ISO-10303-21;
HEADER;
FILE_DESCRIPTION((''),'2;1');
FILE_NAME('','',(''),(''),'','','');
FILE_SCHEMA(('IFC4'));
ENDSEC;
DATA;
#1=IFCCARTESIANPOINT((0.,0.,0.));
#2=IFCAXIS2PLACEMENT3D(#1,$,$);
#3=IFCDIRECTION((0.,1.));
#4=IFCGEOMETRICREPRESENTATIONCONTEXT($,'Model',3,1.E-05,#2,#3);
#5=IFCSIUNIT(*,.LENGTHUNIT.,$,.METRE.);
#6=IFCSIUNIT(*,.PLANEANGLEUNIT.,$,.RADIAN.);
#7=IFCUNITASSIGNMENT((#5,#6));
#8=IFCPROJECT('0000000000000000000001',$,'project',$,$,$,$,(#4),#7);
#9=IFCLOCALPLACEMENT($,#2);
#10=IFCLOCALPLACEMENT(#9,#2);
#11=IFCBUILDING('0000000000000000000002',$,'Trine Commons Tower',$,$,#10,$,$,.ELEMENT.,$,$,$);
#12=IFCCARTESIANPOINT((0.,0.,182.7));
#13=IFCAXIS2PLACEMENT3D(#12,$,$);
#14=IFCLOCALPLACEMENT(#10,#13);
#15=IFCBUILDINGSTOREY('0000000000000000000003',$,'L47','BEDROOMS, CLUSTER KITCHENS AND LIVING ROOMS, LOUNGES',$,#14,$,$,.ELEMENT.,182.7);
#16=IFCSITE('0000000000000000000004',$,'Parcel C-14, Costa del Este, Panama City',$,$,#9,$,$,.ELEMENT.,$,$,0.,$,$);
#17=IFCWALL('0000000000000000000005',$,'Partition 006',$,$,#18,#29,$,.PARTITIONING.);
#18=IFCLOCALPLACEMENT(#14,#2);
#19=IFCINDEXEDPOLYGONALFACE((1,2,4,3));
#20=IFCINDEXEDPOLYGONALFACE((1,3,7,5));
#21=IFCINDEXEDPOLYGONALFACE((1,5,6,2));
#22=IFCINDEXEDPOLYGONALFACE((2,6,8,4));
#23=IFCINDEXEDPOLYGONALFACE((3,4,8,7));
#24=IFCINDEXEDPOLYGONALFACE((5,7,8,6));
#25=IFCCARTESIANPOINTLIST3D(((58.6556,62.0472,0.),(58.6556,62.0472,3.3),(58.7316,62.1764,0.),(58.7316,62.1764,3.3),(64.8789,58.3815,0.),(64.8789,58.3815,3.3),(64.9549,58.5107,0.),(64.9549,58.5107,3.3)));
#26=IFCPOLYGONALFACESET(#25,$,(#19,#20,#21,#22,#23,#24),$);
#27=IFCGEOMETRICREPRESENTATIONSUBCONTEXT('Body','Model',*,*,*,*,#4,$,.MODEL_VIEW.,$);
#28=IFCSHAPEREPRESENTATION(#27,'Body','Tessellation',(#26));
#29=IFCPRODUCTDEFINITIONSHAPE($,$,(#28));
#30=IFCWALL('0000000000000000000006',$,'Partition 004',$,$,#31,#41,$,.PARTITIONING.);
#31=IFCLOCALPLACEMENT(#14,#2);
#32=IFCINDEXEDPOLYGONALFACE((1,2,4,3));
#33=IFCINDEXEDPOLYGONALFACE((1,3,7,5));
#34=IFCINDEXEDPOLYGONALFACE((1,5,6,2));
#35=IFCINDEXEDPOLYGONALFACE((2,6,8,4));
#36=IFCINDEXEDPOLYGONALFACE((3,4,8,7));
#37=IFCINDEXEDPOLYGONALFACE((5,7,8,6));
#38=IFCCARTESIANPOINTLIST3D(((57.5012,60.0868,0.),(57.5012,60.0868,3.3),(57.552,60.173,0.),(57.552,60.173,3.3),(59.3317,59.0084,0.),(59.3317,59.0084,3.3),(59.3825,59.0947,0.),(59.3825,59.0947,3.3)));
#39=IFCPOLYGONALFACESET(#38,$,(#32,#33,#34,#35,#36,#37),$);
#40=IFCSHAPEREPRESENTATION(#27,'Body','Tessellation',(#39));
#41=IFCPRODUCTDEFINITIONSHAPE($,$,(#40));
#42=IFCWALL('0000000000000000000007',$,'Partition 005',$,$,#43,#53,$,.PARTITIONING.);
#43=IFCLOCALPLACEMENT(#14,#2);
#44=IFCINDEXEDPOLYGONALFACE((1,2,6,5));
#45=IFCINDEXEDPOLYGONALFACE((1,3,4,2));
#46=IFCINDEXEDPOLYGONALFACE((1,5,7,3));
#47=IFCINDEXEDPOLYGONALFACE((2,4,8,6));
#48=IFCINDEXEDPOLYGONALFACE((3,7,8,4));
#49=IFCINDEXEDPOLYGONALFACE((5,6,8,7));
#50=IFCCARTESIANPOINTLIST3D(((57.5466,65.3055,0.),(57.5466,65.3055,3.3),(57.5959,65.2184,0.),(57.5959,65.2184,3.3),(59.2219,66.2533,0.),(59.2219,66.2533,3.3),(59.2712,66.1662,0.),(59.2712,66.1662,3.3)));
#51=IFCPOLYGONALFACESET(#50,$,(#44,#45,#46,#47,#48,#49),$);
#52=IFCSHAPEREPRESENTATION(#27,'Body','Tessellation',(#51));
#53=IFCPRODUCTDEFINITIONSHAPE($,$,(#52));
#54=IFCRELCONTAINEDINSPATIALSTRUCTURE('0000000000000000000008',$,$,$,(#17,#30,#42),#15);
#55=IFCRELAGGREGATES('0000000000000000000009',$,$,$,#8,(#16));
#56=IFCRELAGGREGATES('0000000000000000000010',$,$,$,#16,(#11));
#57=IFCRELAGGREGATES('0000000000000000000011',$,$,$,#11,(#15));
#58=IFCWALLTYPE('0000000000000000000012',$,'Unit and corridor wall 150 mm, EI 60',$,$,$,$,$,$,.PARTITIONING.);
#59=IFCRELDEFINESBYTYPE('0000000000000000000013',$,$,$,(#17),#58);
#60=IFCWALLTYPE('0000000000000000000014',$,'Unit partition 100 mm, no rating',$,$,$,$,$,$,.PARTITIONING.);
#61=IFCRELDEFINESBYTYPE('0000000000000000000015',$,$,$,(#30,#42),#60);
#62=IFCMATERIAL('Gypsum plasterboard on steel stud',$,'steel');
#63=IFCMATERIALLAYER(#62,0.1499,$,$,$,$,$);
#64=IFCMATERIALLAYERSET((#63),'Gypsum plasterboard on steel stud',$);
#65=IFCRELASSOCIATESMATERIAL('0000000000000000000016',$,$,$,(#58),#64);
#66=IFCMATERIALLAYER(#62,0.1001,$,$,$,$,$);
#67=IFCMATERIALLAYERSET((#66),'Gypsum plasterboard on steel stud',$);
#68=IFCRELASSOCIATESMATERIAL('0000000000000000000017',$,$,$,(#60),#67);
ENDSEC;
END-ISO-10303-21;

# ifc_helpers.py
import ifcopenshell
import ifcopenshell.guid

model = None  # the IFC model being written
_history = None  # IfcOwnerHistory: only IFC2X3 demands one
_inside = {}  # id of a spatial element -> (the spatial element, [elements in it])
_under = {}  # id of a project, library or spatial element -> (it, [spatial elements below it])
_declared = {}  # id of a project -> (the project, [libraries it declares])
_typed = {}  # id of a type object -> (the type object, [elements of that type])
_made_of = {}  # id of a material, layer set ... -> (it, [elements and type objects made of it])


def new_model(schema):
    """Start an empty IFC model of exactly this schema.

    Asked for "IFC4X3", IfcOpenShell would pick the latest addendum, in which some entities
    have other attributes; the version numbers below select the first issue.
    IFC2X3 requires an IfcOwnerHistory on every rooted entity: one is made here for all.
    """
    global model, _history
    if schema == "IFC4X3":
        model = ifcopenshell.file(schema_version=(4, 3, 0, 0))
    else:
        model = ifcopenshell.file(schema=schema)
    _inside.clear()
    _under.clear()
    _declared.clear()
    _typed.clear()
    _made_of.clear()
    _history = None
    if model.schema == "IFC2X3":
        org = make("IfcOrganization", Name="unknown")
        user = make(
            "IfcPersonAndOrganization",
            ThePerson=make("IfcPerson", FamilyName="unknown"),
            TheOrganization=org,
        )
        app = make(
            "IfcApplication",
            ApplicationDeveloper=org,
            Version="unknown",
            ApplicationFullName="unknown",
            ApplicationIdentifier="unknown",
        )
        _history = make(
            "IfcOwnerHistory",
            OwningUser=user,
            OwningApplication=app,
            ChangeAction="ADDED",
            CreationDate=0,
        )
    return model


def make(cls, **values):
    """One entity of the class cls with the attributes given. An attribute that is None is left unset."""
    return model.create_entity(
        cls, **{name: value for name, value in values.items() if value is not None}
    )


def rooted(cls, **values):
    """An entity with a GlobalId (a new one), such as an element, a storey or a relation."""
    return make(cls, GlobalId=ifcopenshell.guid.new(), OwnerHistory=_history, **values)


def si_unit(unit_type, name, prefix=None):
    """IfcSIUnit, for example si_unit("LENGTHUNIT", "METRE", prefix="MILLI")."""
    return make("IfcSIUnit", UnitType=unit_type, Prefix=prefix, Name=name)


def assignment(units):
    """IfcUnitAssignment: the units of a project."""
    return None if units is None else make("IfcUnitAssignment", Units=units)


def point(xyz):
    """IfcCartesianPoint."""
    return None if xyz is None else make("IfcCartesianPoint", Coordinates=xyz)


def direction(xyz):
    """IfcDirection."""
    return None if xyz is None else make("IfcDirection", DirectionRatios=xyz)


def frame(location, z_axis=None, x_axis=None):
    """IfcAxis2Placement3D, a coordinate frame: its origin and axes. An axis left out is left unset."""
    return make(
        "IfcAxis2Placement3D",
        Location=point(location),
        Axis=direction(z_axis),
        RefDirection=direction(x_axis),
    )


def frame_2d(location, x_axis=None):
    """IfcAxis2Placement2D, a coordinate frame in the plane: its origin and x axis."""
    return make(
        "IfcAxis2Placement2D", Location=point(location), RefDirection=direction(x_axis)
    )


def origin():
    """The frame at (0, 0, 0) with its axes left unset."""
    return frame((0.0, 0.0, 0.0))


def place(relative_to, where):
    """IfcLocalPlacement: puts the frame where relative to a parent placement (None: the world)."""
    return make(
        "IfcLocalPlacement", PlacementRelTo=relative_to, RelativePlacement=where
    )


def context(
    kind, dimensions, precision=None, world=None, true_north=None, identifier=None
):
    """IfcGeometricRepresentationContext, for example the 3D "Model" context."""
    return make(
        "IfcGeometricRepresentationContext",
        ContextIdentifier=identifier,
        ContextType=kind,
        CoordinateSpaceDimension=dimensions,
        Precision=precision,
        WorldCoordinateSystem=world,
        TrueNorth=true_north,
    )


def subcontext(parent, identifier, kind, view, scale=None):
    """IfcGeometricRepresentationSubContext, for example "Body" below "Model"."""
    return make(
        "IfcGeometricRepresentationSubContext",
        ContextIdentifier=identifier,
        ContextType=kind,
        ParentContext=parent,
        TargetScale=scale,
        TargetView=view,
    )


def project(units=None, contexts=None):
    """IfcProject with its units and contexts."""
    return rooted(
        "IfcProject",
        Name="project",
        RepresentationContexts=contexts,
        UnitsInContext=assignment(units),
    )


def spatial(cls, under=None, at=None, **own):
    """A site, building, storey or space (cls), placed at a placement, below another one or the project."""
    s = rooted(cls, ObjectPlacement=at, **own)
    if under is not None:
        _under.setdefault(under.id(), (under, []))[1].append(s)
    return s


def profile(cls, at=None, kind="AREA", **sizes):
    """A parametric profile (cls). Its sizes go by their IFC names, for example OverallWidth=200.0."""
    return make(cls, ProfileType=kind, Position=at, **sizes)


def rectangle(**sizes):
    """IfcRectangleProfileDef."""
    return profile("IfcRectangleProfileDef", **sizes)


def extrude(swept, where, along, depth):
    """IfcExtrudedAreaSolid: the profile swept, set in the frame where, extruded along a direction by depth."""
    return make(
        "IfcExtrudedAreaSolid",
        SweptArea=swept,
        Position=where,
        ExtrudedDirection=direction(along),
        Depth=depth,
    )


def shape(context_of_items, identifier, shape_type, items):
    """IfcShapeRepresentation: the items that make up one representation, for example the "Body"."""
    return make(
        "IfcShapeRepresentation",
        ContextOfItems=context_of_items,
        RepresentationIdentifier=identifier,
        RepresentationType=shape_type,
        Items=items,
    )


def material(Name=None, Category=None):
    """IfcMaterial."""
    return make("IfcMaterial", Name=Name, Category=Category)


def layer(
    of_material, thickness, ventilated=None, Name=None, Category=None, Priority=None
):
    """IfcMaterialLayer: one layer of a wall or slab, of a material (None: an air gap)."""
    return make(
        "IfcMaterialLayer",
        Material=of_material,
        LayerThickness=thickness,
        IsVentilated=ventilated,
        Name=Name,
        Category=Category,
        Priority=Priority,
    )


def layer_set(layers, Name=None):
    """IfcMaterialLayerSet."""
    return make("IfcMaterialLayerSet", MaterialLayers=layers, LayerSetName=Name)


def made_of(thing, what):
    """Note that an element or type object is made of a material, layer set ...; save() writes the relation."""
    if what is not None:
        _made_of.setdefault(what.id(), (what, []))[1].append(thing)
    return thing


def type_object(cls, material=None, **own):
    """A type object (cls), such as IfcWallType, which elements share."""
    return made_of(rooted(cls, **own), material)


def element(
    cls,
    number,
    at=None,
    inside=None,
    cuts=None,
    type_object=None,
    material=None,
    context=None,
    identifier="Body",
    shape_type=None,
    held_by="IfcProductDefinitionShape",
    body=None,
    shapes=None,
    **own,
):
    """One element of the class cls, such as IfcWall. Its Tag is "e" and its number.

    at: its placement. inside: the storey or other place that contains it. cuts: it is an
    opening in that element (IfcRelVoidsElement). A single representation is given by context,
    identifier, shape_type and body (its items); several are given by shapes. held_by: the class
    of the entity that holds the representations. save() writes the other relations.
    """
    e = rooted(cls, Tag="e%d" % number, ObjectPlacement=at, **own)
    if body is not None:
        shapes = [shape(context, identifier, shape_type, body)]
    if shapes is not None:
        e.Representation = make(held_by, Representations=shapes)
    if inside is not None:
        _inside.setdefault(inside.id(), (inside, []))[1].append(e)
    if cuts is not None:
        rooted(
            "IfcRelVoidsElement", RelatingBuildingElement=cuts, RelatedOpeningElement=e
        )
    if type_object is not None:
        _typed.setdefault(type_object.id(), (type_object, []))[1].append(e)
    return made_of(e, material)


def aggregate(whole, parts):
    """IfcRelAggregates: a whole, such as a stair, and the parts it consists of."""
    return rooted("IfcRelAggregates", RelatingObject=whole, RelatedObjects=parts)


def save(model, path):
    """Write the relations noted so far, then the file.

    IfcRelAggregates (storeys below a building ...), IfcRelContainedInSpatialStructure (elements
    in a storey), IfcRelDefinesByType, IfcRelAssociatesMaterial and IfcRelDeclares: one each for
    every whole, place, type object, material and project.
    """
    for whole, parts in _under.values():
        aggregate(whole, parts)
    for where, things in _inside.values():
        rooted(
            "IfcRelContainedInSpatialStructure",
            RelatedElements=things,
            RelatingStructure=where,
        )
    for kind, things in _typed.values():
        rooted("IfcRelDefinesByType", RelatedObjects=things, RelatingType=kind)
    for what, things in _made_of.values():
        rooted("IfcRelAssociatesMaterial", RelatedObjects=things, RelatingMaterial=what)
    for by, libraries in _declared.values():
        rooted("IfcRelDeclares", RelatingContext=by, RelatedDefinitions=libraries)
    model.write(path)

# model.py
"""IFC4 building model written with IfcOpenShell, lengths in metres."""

from ifc_helpers import new_model, si_unit, direction, frame, frame_2d, origin, place, context, subcontext, project, spatial, rectangle, extrude, material, layer, layer_set, type_object, element, save


model = new_model("IFC4")

# Units and contexts
model_context = context("Model", 3, precision=1e-05, world=origin(), true_north=direction((0.0, 1.0)))
body_context = subcontext(model_context, "Body", "Model", "MODEL_VIEW")
ifc_project = project(units=[si_unit("LENGTHUNIT", "METRE"), si_unit("PLANEANGLEUNIT", "RADIAN")], contexts=[model_context])

# Site, building, storey
site_placement = place(None, origin())
site = spatial("IfcSite", under=ifc_project, at=site_placement, Name="Parcel C-14, Costa del Este, Panama City", CompositionType="ELEMENT", RefElevation=0.0)
building_placement = place(site_placement, origin())
building = spatial("IfcBuilding", under=site, at=building_placement, Name="Trine Commons Tower", CompositionType="ELEMENT")
storey_placement = place(building_placement, frame((0.0, 0.0, 182.7)))
storey = spatial("IfcBuildingStorey", under=building, at=storey_placement, Name="L47", Description="BEDROOMS, CLUSTER KITCHENS AND LIVING ROOMS, LOUNGES", CompositionType="ELEMENT", Elevation=182.7)

# Shared definitions
ifc_material_1 = material(Name="Gypsum plasterboard on steel stud", Category="steel")
ifc_layer_1 = layer(ifc_material_1, 0.1499)
ifc_layer_set_1 = layer_set([ifc_layer_1], Name="Gypsum plasterboard on steel stud")
wall_type_1 = type_object("IfcWallType", Name="Unit and corridor wall 150 mm, EI 60", PredefinedType="PARTITIONING", material=ifc_layer_set_1)

# Walls
wall_1_placement = place(storey_placement, frame((58.6936, 62.1118, 0.0), z_axis=(0.0, 0.0, 1.0), x_axis=(0.861634, -0.50753, 0.0)))
element("IfcWall", 1, at=wall_1_placement, inside=storey, type_object=wall_type_1, Name="Partition 006", PredefinedType="PARTITIONING", context=body_context, shape_type="SweptSolid", body=[
    extrude(rectangle(XDim=7.2227, YDim=0.1499, at=frame_2d((3.6113, 0.0))), origin(), (0.0, 0.0, 1.0), 3.3),
])
ifc_layer_2 = layer(ifc_material_1, 0.1001)
ifc_layer_set_2 = layer_set([ifc_layer_2], Name="Gypsum plasterboard on steel stud")
wall_type_2 = type_object("IfcWallType", Name="Unit partition 100 mm, no rating", PredefinedType="PARTITIONING", material=ifc_layer_set_2)
wall_2_placement = place(storey_placement, frame((57.5266, 60.1299, 0.0), z_axis=(0.0, 0.0, 1.0), x_axis=(0.861612, -0.507567, 0.0)))
element("IfcWall", 2, at=wall_2_placement, inside=storey, type_object=wall_type_2, Name="Partition 004", PredefinedType="PARTITIONING", context=body_context, shape_type="SweptSolid", body=[
    extrude(rectangle(XDim=2.1245, YDim=0.1001, at=frame_2d((1.0623, 0.0))), origin(), (0.0, 0.0, 1.0), 3.3),
])
wall_3_placement = place(storey_placement, frame((57.5713, 65.262, 0.0), z_axis=(0.0, 0.0, 1.0), x_axis=(0.870374, 0.492392, 0.0)))
element("IfcWall", 3, at=wall_3_placement, inside=storey, type_object=wall_type_2, Name="Partition 005", PredefinedType="PARTITIONING", context=body_context, shape_type="SweptSolid", body=[
    extrude(rectangle(XDim=1.9248, YDim=0.1001, at=frame_2d((0.9624, 0.0))), origin(), (0.0, 0.0, 1.0), 3.3),
])

save(model, "model.ifc")
